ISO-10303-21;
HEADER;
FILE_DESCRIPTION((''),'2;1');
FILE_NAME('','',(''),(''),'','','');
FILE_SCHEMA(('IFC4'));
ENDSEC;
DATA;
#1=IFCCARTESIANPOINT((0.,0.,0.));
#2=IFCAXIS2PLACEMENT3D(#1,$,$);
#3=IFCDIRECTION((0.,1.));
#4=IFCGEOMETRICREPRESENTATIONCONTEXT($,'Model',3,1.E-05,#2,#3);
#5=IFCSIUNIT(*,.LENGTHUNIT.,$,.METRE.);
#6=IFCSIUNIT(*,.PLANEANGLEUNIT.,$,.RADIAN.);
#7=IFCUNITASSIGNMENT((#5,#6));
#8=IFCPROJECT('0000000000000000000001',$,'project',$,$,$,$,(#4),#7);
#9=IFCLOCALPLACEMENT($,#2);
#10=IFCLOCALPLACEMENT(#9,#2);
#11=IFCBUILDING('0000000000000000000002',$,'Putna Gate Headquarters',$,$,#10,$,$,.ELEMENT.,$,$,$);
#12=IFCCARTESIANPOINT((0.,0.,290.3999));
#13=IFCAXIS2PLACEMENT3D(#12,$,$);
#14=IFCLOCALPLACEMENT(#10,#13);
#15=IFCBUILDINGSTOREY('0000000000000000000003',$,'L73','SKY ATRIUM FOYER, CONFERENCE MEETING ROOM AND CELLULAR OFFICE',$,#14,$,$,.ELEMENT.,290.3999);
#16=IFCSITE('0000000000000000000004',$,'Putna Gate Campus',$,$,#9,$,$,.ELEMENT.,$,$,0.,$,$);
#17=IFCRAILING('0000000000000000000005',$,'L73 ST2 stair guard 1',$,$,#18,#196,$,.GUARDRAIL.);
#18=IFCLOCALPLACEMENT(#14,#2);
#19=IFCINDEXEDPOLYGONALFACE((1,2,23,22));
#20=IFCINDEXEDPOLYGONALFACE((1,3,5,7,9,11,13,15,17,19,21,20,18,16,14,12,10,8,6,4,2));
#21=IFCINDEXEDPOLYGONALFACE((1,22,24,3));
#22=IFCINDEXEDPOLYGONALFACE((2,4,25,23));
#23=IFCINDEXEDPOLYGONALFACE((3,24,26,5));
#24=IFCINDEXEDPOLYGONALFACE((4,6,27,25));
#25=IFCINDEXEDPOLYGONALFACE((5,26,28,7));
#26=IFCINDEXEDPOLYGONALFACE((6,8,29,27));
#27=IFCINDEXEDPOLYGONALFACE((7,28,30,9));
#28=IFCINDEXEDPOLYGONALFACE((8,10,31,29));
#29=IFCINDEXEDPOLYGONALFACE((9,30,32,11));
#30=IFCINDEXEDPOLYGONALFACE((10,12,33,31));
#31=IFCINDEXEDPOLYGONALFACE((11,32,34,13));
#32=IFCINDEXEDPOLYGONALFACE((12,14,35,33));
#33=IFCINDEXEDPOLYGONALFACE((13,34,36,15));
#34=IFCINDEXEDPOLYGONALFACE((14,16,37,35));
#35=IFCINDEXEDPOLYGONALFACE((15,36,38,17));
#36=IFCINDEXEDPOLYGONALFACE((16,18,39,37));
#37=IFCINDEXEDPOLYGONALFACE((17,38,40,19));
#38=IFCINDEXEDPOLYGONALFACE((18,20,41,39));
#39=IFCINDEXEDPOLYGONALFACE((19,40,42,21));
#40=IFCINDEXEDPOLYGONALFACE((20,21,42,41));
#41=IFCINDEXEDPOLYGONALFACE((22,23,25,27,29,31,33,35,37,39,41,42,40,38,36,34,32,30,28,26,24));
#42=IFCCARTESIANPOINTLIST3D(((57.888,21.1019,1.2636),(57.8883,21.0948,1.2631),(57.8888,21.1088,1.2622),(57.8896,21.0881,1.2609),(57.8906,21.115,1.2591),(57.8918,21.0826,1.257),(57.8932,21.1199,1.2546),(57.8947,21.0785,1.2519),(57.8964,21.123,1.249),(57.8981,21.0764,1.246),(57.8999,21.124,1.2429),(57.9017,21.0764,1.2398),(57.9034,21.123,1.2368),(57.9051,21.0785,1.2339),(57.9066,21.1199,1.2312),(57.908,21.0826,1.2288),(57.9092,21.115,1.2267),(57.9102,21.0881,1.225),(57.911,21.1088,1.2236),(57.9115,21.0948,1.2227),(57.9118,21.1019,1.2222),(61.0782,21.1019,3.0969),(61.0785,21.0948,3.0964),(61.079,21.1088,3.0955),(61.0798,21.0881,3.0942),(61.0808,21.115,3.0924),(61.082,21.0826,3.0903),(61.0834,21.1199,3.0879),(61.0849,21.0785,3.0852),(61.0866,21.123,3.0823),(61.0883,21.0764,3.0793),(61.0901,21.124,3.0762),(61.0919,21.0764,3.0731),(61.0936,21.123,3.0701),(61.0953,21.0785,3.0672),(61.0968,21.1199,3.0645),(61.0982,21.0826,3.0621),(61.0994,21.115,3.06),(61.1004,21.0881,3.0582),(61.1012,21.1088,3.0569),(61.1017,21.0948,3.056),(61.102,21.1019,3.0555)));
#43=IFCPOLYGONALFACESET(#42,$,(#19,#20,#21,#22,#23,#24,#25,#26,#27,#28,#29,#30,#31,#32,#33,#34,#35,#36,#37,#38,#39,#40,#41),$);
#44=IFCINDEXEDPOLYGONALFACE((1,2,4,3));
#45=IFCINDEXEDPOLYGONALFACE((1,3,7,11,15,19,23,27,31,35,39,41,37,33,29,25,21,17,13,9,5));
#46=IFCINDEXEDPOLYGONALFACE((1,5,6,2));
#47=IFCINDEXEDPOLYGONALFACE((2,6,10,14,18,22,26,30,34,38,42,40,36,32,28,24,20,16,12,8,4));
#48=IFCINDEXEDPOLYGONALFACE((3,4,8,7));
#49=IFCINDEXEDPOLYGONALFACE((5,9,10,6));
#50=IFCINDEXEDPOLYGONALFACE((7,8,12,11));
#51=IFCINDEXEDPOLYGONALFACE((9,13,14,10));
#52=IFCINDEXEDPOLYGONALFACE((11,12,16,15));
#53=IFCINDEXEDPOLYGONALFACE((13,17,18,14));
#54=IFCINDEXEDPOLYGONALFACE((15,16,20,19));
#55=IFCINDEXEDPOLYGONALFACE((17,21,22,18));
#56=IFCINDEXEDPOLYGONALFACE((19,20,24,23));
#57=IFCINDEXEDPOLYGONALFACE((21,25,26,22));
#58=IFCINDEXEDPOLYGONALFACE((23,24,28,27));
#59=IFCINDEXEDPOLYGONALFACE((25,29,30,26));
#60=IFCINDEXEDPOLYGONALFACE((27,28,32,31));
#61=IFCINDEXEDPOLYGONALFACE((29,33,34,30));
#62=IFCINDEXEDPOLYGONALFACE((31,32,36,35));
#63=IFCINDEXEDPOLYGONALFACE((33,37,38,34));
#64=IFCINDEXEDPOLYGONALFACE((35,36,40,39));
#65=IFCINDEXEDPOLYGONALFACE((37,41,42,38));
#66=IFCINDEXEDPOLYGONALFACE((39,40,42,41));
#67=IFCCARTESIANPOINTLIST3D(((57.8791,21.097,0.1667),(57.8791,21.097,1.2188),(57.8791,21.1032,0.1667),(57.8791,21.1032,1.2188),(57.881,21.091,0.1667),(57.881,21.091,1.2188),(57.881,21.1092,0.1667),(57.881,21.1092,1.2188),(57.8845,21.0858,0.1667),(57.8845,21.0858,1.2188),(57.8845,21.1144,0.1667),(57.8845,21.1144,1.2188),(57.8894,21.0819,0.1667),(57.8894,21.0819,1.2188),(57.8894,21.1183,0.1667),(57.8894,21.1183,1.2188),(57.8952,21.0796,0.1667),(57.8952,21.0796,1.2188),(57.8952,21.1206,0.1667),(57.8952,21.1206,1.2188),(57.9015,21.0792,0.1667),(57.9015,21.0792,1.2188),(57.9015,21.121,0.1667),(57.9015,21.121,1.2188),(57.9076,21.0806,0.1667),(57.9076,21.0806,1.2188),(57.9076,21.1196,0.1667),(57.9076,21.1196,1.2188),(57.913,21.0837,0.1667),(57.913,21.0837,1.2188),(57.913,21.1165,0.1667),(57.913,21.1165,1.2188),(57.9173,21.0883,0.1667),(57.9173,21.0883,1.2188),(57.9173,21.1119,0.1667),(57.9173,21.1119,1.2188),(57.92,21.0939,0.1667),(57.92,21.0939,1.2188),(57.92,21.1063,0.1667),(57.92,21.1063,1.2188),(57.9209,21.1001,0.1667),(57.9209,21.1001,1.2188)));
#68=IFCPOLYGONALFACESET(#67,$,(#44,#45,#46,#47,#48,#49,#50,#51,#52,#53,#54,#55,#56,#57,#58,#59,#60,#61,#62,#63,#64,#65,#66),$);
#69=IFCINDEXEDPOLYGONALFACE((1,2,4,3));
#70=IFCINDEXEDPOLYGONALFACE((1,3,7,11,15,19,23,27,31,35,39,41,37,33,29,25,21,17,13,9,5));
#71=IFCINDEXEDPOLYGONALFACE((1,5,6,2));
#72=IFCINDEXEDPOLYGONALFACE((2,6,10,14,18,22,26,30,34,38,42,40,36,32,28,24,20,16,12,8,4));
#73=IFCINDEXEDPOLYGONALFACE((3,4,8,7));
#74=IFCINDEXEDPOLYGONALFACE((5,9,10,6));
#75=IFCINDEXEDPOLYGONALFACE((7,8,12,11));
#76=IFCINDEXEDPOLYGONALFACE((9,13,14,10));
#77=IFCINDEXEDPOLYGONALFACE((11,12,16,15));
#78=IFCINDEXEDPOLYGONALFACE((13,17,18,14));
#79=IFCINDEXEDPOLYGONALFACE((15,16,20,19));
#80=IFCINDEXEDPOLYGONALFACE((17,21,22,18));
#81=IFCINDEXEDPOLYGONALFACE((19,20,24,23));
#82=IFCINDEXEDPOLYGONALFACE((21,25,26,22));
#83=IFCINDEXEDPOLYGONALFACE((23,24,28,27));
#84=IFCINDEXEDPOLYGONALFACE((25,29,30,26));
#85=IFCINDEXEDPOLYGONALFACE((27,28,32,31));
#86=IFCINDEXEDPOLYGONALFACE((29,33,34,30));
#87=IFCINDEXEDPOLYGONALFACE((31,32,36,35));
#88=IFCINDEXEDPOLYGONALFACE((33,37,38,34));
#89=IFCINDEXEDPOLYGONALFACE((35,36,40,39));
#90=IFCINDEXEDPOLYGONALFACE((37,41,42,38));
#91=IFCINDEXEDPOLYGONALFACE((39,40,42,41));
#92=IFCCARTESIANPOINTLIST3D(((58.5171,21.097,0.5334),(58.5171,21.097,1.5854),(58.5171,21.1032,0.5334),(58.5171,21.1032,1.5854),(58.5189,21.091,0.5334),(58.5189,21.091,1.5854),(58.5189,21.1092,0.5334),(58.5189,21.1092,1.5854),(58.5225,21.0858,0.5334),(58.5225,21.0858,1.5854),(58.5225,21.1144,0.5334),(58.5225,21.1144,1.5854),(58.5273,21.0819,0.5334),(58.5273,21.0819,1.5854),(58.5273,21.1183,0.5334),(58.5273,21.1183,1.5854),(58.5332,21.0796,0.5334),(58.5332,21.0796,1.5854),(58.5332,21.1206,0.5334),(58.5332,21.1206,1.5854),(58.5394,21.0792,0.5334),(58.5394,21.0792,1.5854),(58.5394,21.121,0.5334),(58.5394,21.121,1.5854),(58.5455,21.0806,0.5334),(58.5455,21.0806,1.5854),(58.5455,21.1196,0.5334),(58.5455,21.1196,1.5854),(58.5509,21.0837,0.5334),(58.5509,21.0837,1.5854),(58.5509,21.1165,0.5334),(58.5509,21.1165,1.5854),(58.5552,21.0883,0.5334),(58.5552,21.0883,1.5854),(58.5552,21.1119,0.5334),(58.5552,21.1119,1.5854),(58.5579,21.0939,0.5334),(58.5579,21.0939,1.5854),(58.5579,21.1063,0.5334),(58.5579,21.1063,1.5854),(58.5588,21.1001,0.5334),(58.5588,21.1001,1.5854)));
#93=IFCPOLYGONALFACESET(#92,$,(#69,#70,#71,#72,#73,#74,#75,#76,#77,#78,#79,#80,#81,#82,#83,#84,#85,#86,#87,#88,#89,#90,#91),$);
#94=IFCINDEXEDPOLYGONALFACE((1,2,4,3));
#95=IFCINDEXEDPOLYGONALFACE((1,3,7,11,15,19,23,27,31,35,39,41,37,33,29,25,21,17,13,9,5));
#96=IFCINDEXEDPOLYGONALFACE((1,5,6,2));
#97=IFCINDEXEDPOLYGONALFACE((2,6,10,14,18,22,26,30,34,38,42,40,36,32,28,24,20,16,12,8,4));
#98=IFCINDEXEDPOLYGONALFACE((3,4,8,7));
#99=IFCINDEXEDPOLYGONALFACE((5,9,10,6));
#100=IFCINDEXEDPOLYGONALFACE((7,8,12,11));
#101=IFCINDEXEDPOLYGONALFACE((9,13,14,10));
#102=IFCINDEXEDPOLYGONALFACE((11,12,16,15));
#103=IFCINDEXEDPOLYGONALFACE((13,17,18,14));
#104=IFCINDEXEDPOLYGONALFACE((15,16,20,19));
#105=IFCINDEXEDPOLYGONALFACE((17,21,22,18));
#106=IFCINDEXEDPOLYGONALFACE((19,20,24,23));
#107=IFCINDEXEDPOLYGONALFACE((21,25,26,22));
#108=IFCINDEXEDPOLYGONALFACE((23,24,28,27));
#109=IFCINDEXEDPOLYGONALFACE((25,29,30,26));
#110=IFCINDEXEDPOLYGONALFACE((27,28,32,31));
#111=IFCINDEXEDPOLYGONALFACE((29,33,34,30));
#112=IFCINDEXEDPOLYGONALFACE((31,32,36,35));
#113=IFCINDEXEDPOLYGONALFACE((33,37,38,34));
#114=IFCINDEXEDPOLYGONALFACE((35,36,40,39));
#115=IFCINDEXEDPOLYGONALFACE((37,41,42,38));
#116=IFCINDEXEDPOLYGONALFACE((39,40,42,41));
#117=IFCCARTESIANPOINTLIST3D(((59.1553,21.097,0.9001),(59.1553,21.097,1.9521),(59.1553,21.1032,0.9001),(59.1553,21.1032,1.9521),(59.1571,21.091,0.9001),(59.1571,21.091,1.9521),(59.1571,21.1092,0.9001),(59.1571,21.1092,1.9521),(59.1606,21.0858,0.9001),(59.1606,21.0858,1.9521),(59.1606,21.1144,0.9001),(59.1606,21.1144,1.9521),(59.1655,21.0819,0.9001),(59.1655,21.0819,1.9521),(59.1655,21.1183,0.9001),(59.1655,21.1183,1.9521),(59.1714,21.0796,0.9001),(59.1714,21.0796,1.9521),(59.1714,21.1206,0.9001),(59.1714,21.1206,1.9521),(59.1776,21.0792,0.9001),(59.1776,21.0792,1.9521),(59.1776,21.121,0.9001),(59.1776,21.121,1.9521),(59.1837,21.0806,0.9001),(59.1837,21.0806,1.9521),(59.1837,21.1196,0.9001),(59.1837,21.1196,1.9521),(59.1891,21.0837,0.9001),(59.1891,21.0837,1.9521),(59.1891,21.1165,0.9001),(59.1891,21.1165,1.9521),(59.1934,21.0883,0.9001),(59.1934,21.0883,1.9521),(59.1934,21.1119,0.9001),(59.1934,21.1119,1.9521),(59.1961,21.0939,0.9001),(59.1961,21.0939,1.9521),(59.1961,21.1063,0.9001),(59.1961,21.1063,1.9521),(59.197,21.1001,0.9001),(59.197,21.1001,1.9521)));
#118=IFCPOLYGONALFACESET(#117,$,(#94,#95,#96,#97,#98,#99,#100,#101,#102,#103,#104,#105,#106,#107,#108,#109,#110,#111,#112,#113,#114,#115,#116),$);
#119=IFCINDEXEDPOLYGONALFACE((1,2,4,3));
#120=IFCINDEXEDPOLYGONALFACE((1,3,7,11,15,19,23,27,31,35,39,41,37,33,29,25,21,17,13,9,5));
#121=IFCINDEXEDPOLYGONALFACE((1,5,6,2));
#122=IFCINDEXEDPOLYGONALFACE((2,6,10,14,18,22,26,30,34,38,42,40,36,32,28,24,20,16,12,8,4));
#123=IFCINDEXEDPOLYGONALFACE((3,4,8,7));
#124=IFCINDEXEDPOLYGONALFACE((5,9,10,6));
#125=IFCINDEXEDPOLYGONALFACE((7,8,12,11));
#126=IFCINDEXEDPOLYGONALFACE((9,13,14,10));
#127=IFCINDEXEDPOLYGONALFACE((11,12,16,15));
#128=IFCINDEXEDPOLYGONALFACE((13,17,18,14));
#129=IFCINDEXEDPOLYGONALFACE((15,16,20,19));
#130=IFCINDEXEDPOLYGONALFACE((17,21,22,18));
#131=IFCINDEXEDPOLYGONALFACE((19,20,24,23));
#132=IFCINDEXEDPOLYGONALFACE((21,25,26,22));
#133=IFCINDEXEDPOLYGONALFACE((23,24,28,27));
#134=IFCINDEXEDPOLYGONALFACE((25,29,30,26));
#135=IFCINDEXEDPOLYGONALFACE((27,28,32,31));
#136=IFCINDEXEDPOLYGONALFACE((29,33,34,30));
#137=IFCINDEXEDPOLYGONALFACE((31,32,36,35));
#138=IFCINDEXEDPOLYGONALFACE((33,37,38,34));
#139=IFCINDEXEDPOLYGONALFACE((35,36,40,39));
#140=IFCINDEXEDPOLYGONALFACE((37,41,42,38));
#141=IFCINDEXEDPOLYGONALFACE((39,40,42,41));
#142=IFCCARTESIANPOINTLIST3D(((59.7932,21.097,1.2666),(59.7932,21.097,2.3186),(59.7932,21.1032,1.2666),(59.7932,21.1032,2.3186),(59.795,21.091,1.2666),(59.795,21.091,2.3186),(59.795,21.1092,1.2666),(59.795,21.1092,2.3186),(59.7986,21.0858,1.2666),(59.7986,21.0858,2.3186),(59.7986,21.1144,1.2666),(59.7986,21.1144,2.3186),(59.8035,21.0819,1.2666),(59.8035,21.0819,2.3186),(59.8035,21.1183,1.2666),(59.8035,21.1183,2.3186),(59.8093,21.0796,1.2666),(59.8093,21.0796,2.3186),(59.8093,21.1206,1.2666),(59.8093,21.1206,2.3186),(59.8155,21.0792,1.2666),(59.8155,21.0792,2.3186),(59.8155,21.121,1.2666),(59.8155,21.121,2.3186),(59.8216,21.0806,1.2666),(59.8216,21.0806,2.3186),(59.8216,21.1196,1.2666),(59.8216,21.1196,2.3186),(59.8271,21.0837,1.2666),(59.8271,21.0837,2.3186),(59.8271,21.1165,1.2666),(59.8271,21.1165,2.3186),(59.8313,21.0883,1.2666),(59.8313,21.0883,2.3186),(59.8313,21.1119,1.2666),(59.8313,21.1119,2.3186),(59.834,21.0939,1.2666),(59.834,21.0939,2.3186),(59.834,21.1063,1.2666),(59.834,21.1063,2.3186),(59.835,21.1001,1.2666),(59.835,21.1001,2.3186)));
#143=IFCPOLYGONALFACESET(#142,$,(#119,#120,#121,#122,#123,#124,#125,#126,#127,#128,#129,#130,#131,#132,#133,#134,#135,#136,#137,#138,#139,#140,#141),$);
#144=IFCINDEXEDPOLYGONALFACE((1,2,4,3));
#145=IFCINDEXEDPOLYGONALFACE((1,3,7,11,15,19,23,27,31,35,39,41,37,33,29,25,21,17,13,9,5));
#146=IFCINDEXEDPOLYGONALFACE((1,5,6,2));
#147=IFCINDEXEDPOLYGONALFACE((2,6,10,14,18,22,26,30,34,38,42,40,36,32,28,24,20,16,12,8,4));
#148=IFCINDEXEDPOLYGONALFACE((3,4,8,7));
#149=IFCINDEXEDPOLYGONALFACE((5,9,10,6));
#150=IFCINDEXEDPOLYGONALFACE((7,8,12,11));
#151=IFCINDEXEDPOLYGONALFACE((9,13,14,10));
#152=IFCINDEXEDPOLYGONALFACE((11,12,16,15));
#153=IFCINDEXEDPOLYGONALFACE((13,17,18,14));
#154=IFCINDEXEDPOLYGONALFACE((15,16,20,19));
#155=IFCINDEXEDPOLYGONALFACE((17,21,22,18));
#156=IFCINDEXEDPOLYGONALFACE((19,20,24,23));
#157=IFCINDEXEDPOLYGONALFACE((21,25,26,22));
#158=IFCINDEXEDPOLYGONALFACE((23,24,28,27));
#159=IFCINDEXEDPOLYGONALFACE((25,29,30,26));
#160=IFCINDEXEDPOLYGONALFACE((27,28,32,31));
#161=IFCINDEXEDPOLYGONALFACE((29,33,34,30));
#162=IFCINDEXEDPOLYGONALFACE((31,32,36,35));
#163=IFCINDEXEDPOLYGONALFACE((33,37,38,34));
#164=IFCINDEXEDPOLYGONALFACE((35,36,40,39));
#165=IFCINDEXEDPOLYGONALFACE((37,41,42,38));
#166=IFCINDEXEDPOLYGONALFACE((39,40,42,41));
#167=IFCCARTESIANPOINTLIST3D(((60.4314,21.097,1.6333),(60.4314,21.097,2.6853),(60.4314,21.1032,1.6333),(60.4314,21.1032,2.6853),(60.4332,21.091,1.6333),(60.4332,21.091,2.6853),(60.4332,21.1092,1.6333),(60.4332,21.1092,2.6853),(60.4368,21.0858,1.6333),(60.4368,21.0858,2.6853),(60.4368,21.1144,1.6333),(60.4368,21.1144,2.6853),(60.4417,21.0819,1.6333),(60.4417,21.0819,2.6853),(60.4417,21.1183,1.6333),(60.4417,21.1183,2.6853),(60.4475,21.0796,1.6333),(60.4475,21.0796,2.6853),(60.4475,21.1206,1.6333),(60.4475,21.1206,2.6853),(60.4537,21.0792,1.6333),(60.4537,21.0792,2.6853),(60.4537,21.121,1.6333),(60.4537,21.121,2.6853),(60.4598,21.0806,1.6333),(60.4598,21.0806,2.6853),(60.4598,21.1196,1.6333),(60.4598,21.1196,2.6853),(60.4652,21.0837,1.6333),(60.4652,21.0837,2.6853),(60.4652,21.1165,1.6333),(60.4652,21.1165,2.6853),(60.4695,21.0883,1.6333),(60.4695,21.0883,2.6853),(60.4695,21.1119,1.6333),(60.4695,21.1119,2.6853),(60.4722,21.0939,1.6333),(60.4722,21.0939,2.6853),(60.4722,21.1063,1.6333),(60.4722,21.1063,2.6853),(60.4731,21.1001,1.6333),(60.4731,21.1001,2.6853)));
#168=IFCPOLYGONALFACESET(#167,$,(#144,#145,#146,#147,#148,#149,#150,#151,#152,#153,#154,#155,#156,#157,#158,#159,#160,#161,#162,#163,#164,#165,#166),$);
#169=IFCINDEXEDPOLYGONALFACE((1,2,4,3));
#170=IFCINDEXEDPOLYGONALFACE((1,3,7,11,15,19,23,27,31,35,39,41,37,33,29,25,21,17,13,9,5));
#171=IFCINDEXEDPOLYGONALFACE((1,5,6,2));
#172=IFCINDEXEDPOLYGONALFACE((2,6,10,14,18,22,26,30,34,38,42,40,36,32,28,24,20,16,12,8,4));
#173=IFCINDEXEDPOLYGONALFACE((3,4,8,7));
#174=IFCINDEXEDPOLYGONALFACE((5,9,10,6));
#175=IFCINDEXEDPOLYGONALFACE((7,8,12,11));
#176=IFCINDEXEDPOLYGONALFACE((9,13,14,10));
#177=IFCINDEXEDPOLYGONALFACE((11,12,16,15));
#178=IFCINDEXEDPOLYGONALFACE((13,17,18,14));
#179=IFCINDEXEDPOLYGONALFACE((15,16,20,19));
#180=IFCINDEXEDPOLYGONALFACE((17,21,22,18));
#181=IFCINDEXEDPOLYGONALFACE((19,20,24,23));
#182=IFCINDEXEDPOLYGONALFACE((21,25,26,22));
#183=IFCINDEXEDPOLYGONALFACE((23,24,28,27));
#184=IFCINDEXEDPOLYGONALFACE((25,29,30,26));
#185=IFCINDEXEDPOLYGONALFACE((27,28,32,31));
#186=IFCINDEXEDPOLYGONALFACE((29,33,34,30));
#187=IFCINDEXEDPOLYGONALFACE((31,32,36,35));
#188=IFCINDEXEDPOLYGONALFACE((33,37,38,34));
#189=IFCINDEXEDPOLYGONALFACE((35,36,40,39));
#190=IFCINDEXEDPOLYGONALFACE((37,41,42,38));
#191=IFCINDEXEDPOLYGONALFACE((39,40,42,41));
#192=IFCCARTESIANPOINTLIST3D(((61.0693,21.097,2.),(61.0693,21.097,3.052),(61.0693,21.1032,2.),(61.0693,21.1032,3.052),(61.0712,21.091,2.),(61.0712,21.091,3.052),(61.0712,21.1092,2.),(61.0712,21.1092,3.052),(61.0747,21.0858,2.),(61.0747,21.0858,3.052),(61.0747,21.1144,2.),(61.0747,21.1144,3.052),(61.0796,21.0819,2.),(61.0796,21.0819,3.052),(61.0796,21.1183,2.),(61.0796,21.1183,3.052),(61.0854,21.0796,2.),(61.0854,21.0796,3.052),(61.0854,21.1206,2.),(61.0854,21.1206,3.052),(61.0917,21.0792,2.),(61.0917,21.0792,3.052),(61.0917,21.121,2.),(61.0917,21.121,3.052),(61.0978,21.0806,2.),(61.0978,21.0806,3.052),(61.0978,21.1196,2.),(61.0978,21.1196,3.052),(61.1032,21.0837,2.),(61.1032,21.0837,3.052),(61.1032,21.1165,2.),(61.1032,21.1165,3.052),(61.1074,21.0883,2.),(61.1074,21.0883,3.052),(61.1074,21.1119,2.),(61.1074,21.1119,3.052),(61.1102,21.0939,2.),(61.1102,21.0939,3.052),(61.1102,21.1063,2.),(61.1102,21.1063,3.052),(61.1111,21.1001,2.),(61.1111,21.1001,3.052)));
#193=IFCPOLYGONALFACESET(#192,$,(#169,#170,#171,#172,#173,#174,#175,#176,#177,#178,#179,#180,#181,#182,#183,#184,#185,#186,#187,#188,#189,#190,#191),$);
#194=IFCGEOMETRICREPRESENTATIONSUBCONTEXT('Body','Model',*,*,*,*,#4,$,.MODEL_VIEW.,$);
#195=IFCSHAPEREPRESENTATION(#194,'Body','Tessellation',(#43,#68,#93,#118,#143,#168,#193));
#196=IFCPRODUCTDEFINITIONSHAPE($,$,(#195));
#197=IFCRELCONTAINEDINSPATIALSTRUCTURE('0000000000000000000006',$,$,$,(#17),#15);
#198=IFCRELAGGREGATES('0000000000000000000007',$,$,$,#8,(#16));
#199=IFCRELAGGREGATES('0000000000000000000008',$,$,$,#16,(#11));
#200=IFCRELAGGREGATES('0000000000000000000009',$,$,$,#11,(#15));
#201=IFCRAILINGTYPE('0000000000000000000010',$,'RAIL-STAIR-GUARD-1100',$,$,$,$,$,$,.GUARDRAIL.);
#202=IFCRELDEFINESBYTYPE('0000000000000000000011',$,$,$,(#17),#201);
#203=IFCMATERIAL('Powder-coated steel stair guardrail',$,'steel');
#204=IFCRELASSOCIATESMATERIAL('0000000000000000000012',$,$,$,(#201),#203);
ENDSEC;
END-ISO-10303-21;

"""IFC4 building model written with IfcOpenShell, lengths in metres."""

from ifc_helpers import new_model, si_unit, direction, frame, origin, origin_2d, place, context, subcontext, project, spatial, circle, extrude, material, type_object, element, save


model = new_model("IFC4")

# Units and contexts
model_context = context("Model", 3, precision=1e-05, world=origin(), true_north=direction((0.0, 1.0)))
body_context = subcontext(model_context, "Body", "Model", "MODEL_VIEW")
ifc_project = project(units=[si_unit("LENGTHUNIT", "METRE"), si_unit("PLANEANGLEUNIT", "RADIAN")], contexts=[model_context])

# Site, building, storey
site_placement = place(None, origin())
site = spatial("IfcSite", under=ifc_project, at=site_placement, Name="Putna Gate Campus", CompositionType="ELEMENT", RefElevation=0.0)
building_placement = place(site_placement, origin())
building = spatial("IfcBuilding", under=site, at=building_placement, Name="Putna Gate Headquarters", CompositionType="ELEMENT")
storey_placement = place(building_placement, frame((0.0, 0.0, 290.3999)))
storey = spatial("IfcBuildingStorey", under=building, at=storey_placement, Name="L73", Description="SKY ATRIUM FOYER, CONFERENCE MEETING ROOM AND CELLULAR OFFICE", CompositionType="ELEMENT", Elevation=290.3999)

# Railing
ifc_material_1 = material(Name="Powder-coated steel stair guardrail", Category="steel")
railing_type_1 = type_object("IfcRailingType", Name="RAIL-STAIR-GUARD-1100", PredefinedType="GUARDRAIL", material=ifc_material_1)
railing_1_placement = place(storey_placement, frame((57.8999, 21.1001, 0.1667)))
element("IfcRailing", 1, at=railing_1_placement, inside=storey, type_object=railing_type_1, Name="L73 ST2 stair guard 1", PredefinedType="GUARDRAIL", context=body_context, shape_type="SweptSolid", body=[
    extrude(circle(Radius=0.0239, at=origin_2d()), frame((0.0, 0.0, 1.0762), z_axis=(0.867036, 0.0, 0.498245), x_axis=(0.0, 1.0, 0.0)), (0.0, 0.0, 1.0), 3.6794),
    extrude(circle(Radius=0.021, at=origin_2d()), origin(), (0.0, 0.0, 1.0), 1.052),
    extrude(circle(Radius=0.021, at=origin_2d()), frame((0.6379, 0.0, 0.3667)), (0.0, 0.0, 1.0), 1.052),
    extrude(circle(Radius=0.021, at=origin_2d()), frame((1.2761, 0.0, 0.7334)), (0.0, 0.0, 1.0), 1.052),
    extrude(circle(Radius=0.021, at=origin_2d()), frame((1.9141, 0.0, 1.0999)), (0.0, 0.0, 1.0), 1.052),
    extrude(circle(Radius=0.021, at=origin_2d()), frame((2.5522, 0.0, 1.4666)), (0.0, 0.0, 1.0), 1.052),
    extrude(circle(Radius=0.021, at=origin_2d()), frame((3.1902, 0.0, 1.8333)), (0.0, 0.0, 1.0), 1.052),
])

save(model, "model.ifc")
